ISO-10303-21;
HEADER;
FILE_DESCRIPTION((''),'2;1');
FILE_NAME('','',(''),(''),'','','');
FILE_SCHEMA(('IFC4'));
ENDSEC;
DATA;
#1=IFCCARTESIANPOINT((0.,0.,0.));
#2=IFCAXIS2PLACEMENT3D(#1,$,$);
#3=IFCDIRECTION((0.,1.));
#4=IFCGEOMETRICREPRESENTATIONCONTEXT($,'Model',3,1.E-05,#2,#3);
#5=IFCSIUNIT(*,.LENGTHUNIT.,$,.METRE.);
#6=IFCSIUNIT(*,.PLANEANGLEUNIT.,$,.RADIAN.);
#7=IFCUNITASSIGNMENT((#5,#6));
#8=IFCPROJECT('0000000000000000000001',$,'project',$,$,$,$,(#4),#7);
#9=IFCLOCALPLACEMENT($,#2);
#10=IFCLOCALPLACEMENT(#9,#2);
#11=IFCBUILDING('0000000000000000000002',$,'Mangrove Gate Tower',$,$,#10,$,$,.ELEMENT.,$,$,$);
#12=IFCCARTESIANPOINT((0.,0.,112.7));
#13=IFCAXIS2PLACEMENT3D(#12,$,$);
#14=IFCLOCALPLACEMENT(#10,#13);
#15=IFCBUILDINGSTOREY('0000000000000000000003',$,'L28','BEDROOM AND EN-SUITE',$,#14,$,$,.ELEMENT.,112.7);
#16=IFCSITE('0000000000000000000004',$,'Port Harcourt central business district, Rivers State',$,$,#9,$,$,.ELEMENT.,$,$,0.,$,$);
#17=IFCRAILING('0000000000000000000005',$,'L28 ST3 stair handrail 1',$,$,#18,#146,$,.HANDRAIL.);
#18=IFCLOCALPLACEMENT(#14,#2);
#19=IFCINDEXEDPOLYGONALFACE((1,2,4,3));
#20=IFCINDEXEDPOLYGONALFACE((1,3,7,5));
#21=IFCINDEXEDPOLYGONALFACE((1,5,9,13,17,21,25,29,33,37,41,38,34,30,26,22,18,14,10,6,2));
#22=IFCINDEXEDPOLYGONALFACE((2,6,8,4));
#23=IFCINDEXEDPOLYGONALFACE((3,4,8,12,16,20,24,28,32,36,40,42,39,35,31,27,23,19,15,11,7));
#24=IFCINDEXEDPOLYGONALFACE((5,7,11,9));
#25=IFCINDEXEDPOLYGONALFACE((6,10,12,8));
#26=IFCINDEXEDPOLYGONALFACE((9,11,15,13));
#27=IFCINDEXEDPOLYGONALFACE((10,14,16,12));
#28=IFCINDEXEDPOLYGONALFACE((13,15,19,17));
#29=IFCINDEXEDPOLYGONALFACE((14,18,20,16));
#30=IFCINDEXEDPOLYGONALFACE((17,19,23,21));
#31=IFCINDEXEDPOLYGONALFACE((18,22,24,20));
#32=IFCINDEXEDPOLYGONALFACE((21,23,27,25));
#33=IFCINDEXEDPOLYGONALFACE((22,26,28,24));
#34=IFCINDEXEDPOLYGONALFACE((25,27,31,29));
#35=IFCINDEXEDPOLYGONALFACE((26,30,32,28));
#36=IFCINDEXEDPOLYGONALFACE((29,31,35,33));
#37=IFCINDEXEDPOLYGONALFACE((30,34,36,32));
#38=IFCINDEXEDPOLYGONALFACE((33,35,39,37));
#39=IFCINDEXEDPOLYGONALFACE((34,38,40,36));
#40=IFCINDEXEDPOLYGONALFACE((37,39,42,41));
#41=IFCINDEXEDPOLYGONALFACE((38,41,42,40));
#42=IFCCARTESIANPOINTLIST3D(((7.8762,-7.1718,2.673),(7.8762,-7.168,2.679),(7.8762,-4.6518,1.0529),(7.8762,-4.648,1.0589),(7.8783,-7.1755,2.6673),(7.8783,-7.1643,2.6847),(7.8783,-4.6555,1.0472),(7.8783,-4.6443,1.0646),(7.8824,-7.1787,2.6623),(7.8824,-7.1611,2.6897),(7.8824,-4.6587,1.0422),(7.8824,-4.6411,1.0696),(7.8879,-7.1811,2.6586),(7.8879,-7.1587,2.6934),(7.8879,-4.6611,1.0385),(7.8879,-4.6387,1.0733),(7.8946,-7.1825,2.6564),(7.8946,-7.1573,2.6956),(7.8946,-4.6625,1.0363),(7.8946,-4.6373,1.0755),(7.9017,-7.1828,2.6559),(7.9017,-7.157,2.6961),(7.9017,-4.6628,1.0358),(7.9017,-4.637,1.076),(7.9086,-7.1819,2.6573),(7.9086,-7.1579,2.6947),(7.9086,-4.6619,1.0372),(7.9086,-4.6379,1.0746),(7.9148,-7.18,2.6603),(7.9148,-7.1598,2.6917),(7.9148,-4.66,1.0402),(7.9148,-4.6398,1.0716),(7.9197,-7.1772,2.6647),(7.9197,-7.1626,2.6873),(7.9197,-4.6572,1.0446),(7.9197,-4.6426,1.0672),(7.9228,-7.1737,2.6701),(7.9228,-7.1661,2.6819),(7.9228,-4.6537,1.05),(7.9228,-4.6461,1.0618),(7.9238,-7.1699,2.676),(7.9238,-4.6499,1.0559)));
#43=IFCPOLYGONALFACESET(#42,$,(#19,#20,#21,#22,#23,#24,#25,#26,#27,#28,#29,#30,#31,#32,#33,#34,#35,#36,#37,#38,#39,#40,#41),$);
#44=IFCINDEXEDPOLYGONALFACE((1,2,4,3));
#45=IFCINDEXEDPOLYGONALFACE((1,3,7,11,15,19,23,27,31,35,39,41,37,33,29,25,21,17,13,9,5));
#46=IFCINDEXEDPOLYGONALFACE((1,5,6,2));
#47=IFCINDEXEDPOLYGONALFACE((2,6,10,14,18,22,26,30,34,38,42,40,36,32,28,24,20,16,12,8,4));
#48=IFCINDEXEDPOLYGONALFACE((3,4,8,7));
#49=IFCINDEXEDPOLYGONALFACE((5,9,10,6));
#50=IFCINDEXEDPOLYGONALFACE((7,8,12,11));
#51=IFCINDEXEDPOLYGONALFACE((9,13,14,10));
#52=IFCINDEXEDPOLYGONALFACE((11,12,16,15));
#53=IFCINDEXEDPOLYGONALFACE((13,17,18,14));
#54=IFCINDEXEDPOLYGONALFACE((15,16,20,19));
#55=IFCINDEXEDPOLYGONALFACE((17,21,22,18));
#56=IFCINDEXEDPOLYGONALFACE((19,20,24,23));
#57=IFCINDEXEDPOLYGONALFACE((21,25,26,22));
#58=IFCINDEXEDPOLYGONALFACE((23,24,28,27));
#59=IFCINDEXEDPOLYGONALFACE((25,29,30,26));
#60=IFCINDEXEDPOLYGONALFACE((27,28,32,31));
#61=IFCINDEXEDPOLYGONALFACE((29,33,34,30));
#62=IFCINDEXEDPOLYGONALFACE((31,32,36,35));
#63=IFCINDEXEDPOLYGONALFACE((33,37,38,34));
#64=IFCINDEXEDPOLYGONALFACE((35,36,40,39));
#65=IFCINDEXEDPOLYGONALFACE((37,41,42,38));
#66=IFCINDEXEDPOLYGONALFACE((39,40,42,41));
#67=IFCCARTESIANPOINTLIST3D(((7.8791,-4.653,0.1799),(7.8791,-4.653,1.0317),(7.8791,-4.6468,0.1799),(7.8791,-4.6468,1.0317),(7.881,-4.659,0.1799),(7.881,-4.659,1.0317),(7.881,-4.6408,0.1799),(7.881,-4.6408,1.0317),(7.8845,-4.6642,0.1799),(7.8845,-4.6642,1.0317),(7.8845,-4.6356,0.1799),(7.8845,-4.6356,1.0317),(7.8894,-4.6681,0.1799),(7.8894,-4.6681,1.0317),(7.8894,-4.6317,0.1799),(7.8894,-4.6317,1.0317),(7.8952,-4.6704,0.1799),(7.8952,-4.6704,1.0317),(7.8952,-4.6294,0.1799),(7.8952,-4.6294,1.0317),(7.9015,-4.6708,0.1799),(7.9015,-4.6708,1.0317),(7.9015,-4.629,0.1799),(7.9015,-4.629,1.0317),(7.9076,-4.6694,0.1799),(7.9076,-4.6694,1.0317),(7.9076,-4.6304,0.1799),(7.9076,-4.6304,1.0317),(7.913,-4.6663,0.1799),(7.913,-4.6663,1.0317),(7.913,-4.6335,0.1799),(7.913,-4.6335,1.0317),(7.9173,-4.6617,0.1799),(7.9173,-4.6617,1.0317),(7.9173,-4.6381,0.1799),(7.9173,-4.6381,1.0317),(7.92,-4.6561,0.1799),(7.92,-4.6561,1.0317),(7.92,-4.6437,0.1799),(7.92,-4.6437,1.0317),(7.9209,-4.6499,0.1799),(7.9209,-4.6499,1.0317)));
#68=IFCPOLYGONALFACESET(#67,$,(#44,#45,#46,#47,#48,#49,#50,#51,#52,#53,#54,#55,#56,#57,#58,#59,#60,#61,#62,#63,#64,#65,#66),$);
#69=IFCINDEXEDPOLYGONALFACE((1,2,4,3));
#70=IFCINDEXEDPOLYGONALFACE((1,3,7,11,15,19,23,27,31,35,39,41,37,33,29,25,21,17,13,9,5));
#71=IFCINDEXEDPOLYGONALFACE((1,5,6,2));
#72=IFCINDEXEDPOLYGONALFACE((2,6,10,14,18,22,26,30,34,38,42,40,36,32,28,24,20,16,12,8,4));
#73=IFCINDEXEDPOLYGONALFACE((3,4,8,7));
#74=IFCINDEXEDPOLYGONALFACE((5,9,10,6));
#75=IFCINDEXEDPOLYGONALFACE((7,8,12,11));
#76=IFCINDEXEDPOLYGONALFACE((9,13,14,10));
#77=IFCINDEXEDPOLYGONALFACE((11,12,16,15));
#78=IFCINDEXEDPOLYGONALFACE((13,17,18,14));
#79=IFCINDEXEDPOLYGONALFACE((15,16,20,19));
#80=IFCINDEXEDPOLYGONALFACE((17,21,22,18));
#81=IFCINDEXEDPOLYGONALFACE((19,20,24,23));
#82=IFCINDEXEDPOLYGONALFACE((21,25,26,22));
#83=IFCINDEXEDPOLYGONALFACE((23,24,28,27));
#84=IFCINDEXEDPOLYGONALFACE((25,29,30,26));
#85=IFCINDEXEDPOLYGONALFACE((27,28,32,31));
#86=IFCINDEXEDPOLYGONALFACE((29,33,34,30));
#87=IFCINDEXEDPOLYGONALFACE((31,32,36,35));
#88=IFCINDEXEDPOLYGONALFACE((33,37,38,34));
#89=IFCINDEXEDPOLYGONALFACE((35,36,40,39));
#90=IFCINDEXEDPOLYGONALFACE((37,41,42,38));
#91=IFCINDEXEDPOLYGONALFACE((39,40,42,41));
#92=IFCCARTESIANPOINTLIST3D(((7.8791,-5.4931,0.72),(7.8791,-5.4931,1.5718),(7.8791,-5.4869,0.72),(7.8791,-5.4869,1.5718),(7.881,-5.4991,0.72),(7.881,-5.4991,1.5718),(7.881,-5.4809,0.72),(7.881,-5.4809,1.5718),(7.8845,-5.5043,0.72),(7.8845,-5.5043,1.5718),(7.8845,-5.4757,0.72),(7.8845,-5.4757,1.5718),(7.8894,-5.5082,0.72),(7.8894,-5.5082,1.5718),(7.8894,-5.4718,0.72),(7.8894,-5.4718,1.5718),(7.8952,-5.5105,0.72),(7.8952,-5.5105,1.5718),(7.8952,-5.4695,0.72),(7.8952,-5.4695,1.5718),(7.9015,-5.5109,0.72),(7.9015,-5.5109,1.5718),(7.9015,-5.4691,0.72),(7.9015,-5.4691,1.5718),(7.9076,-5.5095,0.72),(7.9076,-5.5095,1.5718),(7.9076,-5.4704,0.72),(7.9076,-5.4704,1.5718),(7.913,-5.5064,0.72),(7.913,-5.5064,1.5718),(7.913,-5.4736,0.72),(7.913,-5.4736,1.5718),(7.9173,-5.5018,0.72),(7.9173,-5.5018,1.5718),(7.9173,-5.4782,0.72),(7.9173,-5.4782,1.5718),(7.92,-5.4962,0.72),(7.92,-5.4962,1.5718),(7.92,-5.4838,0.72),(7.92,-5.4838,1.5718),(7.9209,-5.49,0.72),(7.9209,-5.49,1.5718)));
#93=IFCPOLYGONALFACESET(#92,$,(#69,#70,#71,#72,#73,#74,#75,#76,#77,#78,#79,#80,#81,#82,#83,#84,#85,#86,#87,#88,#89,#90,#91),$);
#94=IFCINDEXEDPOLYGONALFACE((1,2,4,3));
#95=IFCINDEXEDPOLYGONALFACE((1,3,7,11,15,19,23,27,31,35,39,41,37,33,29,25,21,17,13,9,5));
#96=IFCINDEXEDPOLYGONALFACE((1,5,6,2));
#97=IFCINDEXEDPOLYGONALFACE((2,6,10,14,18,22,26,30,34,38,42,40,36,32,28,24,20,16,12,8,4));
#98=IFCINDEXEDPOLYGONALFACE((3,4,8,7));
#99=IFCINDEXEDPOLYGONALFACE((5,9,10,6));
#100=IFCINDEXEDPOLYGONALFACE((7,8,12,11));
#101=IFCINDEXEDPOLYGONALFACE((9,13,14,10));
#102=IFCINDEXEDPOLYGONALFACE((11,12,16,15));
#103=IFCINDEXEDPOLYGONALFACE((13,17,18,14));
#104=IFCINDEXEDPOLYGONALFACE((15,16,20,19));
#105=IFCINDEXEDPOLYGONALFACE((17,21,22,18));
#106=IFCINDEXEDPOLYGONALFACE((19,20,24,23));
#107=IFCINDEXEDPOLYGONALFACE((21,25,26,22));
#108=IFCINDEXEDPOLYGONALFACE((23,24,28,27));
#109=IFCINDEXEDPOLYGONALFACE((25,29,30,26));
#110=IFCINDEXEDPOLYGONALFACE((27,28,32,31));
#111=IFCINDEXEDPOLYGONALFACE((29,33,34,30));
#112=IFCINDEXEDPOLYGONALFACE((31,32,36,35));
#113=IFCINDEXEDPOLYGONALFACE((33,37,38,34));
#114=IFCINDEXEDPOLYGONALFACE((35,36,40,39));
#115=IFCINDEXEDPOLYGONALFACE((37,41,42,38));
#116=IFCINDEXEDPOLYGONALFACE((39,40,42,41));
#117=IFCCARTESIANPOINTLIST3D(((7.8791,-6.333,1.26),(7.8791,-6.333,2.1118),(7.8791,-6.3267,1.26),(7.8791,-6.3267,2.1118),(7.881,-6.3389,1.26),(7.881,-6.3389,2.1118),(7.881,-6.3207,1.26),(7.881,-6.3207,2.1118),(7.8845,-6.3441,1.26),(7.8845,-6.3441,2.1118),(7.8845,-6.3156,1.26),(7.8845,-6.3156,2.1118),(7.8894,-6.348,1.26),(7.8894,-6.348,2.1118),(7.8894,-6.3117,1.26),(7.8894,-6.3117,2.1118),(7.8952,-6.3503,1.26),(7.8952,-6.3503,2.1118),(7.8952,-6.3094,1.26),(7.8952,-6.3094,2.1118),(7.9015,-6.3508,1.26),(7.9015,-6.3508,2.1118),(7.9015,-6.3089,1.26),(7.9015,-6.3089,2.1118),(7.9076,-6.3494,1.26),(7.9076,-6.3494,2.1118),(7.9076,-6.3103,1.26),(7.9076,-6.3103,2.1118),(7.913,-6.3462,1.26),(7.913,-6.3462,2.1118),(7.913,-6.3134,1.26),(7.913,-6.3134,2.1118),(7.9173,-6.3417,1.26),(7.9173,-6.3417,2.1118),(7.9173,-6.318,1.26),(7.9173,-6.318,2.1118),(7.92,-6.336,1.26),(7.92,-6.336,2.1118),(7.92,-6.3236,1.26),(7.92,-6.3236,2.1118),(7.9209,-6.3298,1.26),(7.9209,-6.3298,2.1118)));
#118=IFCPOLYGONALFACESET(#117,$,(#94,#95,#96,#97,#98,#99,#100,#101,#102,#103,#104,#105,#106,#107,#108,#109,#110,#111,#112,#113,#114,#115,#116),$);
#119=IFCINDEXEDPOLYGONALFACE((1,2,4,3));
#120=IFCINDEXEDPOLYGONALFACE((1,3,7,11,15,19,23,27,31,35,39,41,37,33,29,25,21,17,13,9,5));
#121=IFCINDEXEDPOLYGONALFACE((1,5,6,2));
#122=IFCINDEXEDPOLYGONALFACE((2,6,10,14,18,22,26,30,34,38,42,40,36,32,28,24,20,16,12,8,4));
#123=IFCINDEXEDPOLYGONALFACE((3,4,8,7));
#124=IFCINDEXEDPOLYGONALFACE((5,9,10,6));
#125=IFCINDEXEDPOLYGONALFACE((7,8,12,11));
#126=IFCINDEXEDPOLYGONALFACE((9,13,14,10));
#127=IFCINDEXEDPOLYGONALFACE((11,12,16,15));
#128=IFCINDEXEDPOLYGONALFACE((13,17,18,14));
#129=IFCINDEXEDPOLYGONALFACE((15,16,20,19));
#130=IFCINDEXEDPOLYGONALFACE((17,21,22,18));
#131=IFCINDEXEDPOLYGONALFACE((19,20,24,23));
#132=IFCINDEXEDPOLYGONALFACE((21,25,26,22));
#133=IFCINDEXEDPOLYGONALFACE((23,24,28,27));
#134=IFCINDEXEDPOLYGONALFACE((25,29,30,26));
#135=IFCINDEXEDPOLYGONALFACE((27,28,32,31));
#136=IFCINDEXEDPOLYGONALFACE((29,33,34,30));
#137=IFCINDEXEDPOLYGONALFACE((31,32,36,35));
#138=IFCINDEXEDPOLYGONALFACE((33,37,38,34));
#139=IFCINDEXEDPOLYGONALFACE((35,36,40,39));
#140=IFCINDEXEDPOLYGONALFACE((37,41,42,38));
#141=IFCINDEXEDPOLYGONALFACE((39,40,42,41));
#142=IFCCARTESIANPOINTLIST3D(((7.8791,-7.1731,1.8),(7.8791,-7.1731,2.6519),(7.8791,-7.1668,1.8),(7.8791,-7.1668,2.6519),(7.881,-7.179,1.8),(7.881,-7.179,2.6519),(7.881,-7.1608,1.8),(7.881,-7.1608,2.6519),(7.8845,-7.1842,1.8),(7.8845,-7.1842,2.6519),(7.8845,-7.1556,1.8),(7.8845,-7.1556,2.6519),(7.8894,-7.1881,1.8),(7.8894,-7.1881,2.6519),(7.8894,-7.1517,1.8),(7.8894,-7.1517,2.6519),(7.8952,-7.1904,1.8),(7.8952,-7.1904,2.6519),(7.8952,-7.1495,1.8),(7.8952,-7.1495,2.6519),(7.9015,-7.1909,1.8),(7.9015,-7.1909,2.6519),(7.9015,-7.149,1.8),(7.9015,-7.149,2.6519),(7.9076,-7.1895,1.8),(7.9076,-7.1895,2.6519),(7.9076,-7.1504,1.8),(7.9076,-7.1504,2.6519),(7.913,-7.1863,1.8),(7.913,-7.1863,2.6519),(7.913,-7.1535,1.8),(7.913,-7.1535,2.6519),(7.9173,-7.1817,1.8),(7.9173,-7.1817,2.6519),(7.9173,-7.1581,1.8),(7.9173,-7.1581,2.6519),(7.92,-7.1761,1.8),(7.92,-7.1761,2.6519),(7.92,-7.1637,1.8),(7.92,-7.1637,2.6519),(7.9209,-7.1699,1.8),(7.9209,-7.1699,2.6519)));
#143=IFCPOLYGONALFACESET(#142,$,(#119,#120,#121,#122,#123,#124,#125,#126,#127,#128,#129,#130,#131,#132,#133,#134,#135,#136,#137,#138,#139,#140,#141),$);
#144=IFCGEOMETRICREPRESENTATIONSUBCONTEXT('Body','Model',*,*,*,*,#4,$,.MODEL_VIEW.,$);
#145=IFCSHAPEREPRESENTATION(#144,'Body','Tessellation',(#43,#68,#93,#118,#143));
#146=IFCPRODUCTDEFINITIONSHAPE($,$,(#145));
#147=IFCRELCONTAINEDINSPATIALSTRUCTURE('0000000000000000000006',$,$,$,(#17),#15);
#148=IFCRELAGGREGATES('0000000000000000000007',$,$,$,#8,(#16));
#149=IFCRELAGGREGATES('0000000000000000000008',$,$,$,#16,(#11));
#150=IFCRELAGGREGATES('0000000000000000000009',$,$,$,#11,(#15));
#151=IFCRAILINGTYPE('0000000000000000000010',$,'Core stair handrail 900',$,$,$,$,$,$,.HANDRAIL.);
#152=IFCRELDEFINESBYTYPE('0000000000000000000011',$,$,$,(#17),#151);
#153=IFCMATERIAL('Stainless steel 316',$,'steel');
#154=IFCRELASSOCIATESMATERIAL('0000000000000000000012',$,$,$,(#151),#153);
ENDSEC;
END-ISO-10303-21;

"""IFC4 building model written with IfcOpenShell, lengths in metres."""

from ifc_helpers import new_model, si_unit, direction, frame, origin, origin_2d, place, context, subcontext, project, spatial, circle, extrude, material, type_object, element, save


model = new_model("IFC4")

# Units and contexts
model_context = context("Model", 3, precision=1e-05, world=origin(), true_north=direction((0.0, 1.0)))
body_context = subcontext(model_context, "Body", "Model", "MODEL_VIEW")
ifc_project = project(units=[si_unit("LENGTHUNIT", "METRE"), si_unit("PLANEANGLEUNIT", "RADIAN")], contexts=[model_context])

# Site, building, storey
site_placement = place(None, origin())
site = spatial("IfcSite", under=ifc_project, at=site_placement, Name="Port Harcourt central business district, Rivers State", CompositionType="ELEMENT", RefElevation=0.0)
building_placement = place(site_placement, origin())
building = spatial("IfcBuilding", under=site, at=building_placement, Name="Mangrove Gate Tower", CompositionType="ELEMENT")
storey_placement = place(building_placement, frame((0.0, 0.0, 112.7)))
storey = spatial("IfcBuildingStorey", under=building, at=storey_placement, Name="L28", Description="BEDROOM AND EN-SUITE", CompositionType="ELEMENT", Elevation=112.7)

# Railing
ifc_material_1 = material(Name="Stainless steel 316", Category="steel")
railing_type_1 = type_object("IfcRailingType", Name="Core stair handrail 900", PredefinedType="HANDRAIL", material=ifc_material_1)
railing_1_placement = place(storey_placement, frame((7.8999, -4.6499, 0.1799)))
element("IfcRailing", 1, at=railing_1_placement, inside=storey, type_object=railing_type_1, Name="L28 ST3 stair handrail 1", PredefinedType="HANDRAIL", context=body_context, shape_type="SweptSolid", body=[
    extrude(circle(Radius=0.0239, at=origin_2d()), frame((0.0, 0.0, 0.876), z_axis=(0.0, -0.841163, 0.540782), x_axis=(1.0, 0.0, 0.0)), (0.0, 0.0, 1.0), 2.9958),
    extrude(circle(Radius=0.021, at=origin_2d()), origin(), (0.0, 0.0, 1.0), 0.8518),
    extrude(circle(Radius=0.021, at=origin_2d()), frame((0.0, -0.8401, 0.54)), (0.0, 0.0, 1.0), 0.8518),
    extrude(circle(Radius=0.021, at=origin_2d()), frame((0.0, -1.6799, 1.0801)), (0.0, 0.0, 1.0), 0.8518),
    extrude(circle(Radius=0.021, at=origin_2d()), frame((0.0, -2.52, 1.6201)), (0.0, 0.0, 1.0), 0.8518),
])

save(model, "model.ifc")
